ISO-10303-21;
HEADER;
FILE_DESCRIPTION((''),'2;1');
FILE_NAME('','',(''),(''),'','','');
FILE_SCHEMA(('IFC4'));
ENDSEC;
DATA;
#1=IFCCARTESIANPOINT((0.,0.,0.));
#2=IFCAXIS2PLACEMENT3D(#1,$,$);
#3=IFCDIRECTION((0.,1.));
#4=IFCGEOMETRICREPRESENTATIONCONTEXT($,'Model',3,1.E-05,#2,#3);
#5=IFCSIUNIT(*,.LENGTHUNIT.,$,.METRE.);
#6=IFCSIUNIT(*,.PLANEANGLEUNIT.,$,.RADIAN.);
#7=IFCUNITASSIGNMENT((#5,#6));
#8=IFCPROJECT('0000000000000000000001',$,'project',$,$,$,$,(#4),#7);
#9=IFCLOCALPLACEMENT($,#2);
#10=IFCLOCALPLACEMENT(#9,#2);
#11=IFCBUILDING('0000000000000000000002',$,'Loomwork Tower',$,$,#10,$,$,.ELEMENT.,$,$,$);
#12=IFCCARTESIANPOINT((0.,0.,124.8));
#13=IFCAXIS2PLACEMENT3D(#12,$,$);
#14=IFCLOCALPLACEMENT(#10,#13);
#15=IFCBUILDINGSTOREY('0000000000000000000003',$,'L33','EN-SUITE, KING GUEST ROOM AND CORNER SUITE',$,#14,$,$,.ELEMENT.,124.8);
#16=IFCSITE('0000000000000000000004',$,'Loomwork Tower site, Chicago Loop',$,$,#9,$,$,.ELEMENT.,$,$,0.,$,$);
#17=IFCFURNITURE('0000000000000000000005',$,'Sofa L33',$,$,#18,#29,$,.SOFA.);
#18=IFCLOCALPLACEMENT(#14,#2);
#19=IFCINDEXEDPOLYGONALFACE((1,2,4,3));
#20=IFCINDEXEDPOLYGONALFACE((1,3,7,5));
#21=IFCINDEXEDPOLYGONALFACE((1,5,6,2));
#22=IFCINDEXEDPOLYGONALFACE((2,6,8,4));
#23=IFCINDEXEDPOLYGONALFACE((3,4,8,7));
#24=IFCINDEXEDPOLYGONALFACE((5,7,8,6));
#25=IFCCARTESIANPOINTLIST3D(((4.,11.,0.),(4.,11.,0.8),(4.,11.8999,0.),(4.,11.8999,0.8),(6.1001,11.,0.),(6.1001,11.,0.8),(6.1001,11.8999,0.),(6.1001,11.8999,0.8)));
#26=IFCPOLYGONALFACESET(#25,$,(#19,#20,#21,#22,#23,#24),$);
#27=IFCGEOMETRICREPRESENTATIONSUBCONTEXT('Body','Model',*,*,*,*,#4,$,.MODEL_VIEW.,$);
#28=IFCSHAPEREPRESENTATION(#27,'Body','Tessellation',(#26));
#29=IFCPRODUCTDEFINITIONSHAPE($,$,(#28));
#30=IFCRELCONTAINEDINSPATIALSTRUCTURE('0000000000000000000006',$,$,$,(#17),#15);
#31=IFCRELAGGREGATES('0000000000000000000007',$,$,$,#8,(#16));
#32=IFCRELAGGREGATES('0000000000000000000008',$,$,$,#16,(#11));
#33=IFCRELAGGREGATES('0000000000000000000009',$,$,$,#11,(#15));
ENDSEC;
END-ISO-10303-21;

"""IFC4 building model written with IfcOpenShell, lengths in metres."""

from ifc_helpers import new_model, si_unit, direction, frame, origin, origin_2d, place, context, subcontext, project, spatial, rectangle, extrude, element, save


model = new_model("IFC4")

# Units and contexts
model_context = context("Model", 3, precision=1e-05, world=origin(), true_north=direction((0.0, 1.0)))
body_context = subcontext(model_context, "Body", "Model", "MODEL_VIEW")
ifc_project = project(units=[si_unit("LENGTHUNIT", "METRE"), si_unit("PLANEANGLEUNIT", "RADIAN")], contexts=[model_context])

# Site, building, storey
site_placement = place(None, origin())
site = spatial("IfcSite", under=ifc_project, at=site_placement, Name="Loomwork Tower site, Chicago Loop", CompositionType="ELEMENT", RefElevation=0.0)
building_placement = place(site_placement, origin())
building = spatial("IfcBuilding", under=site, at=building_placement, Name="Loomwork Tower", CompositionType="ELEMENT")
storey_placement = place(building_placement, frame((0.0, 0.0, 124.8)))
storey = spatial("IfcBuildingStorey", under=building, at=storey_placement, Name="L33", Description="EN-SUITE, KING GUEST ROOM AND CORNER SUITE", CompositionType="ELEMENT", Elevation=124.8)

# Furniture
furniture_1_placement = place(storey_placement, frame((5.05, 11.45, 0.0), z_axis=(0.0, 0.0, 1.0), x_axis=(1.0, 0.0, 0.0)))
element("IfcFurniture", 1, at=furniture_1_placement, inside=storey, Name="Sofa L33", PredefinedType="SOFA", context=body_context, shape_type="SweptSolid", body=[
    extrude(rectangle(XDim=2.1001, YDim=0.8999, at=origin_2d()), origin(), (0.0, 0.0, 1.0), 0.8),
])

save(model, "model.ifc")
